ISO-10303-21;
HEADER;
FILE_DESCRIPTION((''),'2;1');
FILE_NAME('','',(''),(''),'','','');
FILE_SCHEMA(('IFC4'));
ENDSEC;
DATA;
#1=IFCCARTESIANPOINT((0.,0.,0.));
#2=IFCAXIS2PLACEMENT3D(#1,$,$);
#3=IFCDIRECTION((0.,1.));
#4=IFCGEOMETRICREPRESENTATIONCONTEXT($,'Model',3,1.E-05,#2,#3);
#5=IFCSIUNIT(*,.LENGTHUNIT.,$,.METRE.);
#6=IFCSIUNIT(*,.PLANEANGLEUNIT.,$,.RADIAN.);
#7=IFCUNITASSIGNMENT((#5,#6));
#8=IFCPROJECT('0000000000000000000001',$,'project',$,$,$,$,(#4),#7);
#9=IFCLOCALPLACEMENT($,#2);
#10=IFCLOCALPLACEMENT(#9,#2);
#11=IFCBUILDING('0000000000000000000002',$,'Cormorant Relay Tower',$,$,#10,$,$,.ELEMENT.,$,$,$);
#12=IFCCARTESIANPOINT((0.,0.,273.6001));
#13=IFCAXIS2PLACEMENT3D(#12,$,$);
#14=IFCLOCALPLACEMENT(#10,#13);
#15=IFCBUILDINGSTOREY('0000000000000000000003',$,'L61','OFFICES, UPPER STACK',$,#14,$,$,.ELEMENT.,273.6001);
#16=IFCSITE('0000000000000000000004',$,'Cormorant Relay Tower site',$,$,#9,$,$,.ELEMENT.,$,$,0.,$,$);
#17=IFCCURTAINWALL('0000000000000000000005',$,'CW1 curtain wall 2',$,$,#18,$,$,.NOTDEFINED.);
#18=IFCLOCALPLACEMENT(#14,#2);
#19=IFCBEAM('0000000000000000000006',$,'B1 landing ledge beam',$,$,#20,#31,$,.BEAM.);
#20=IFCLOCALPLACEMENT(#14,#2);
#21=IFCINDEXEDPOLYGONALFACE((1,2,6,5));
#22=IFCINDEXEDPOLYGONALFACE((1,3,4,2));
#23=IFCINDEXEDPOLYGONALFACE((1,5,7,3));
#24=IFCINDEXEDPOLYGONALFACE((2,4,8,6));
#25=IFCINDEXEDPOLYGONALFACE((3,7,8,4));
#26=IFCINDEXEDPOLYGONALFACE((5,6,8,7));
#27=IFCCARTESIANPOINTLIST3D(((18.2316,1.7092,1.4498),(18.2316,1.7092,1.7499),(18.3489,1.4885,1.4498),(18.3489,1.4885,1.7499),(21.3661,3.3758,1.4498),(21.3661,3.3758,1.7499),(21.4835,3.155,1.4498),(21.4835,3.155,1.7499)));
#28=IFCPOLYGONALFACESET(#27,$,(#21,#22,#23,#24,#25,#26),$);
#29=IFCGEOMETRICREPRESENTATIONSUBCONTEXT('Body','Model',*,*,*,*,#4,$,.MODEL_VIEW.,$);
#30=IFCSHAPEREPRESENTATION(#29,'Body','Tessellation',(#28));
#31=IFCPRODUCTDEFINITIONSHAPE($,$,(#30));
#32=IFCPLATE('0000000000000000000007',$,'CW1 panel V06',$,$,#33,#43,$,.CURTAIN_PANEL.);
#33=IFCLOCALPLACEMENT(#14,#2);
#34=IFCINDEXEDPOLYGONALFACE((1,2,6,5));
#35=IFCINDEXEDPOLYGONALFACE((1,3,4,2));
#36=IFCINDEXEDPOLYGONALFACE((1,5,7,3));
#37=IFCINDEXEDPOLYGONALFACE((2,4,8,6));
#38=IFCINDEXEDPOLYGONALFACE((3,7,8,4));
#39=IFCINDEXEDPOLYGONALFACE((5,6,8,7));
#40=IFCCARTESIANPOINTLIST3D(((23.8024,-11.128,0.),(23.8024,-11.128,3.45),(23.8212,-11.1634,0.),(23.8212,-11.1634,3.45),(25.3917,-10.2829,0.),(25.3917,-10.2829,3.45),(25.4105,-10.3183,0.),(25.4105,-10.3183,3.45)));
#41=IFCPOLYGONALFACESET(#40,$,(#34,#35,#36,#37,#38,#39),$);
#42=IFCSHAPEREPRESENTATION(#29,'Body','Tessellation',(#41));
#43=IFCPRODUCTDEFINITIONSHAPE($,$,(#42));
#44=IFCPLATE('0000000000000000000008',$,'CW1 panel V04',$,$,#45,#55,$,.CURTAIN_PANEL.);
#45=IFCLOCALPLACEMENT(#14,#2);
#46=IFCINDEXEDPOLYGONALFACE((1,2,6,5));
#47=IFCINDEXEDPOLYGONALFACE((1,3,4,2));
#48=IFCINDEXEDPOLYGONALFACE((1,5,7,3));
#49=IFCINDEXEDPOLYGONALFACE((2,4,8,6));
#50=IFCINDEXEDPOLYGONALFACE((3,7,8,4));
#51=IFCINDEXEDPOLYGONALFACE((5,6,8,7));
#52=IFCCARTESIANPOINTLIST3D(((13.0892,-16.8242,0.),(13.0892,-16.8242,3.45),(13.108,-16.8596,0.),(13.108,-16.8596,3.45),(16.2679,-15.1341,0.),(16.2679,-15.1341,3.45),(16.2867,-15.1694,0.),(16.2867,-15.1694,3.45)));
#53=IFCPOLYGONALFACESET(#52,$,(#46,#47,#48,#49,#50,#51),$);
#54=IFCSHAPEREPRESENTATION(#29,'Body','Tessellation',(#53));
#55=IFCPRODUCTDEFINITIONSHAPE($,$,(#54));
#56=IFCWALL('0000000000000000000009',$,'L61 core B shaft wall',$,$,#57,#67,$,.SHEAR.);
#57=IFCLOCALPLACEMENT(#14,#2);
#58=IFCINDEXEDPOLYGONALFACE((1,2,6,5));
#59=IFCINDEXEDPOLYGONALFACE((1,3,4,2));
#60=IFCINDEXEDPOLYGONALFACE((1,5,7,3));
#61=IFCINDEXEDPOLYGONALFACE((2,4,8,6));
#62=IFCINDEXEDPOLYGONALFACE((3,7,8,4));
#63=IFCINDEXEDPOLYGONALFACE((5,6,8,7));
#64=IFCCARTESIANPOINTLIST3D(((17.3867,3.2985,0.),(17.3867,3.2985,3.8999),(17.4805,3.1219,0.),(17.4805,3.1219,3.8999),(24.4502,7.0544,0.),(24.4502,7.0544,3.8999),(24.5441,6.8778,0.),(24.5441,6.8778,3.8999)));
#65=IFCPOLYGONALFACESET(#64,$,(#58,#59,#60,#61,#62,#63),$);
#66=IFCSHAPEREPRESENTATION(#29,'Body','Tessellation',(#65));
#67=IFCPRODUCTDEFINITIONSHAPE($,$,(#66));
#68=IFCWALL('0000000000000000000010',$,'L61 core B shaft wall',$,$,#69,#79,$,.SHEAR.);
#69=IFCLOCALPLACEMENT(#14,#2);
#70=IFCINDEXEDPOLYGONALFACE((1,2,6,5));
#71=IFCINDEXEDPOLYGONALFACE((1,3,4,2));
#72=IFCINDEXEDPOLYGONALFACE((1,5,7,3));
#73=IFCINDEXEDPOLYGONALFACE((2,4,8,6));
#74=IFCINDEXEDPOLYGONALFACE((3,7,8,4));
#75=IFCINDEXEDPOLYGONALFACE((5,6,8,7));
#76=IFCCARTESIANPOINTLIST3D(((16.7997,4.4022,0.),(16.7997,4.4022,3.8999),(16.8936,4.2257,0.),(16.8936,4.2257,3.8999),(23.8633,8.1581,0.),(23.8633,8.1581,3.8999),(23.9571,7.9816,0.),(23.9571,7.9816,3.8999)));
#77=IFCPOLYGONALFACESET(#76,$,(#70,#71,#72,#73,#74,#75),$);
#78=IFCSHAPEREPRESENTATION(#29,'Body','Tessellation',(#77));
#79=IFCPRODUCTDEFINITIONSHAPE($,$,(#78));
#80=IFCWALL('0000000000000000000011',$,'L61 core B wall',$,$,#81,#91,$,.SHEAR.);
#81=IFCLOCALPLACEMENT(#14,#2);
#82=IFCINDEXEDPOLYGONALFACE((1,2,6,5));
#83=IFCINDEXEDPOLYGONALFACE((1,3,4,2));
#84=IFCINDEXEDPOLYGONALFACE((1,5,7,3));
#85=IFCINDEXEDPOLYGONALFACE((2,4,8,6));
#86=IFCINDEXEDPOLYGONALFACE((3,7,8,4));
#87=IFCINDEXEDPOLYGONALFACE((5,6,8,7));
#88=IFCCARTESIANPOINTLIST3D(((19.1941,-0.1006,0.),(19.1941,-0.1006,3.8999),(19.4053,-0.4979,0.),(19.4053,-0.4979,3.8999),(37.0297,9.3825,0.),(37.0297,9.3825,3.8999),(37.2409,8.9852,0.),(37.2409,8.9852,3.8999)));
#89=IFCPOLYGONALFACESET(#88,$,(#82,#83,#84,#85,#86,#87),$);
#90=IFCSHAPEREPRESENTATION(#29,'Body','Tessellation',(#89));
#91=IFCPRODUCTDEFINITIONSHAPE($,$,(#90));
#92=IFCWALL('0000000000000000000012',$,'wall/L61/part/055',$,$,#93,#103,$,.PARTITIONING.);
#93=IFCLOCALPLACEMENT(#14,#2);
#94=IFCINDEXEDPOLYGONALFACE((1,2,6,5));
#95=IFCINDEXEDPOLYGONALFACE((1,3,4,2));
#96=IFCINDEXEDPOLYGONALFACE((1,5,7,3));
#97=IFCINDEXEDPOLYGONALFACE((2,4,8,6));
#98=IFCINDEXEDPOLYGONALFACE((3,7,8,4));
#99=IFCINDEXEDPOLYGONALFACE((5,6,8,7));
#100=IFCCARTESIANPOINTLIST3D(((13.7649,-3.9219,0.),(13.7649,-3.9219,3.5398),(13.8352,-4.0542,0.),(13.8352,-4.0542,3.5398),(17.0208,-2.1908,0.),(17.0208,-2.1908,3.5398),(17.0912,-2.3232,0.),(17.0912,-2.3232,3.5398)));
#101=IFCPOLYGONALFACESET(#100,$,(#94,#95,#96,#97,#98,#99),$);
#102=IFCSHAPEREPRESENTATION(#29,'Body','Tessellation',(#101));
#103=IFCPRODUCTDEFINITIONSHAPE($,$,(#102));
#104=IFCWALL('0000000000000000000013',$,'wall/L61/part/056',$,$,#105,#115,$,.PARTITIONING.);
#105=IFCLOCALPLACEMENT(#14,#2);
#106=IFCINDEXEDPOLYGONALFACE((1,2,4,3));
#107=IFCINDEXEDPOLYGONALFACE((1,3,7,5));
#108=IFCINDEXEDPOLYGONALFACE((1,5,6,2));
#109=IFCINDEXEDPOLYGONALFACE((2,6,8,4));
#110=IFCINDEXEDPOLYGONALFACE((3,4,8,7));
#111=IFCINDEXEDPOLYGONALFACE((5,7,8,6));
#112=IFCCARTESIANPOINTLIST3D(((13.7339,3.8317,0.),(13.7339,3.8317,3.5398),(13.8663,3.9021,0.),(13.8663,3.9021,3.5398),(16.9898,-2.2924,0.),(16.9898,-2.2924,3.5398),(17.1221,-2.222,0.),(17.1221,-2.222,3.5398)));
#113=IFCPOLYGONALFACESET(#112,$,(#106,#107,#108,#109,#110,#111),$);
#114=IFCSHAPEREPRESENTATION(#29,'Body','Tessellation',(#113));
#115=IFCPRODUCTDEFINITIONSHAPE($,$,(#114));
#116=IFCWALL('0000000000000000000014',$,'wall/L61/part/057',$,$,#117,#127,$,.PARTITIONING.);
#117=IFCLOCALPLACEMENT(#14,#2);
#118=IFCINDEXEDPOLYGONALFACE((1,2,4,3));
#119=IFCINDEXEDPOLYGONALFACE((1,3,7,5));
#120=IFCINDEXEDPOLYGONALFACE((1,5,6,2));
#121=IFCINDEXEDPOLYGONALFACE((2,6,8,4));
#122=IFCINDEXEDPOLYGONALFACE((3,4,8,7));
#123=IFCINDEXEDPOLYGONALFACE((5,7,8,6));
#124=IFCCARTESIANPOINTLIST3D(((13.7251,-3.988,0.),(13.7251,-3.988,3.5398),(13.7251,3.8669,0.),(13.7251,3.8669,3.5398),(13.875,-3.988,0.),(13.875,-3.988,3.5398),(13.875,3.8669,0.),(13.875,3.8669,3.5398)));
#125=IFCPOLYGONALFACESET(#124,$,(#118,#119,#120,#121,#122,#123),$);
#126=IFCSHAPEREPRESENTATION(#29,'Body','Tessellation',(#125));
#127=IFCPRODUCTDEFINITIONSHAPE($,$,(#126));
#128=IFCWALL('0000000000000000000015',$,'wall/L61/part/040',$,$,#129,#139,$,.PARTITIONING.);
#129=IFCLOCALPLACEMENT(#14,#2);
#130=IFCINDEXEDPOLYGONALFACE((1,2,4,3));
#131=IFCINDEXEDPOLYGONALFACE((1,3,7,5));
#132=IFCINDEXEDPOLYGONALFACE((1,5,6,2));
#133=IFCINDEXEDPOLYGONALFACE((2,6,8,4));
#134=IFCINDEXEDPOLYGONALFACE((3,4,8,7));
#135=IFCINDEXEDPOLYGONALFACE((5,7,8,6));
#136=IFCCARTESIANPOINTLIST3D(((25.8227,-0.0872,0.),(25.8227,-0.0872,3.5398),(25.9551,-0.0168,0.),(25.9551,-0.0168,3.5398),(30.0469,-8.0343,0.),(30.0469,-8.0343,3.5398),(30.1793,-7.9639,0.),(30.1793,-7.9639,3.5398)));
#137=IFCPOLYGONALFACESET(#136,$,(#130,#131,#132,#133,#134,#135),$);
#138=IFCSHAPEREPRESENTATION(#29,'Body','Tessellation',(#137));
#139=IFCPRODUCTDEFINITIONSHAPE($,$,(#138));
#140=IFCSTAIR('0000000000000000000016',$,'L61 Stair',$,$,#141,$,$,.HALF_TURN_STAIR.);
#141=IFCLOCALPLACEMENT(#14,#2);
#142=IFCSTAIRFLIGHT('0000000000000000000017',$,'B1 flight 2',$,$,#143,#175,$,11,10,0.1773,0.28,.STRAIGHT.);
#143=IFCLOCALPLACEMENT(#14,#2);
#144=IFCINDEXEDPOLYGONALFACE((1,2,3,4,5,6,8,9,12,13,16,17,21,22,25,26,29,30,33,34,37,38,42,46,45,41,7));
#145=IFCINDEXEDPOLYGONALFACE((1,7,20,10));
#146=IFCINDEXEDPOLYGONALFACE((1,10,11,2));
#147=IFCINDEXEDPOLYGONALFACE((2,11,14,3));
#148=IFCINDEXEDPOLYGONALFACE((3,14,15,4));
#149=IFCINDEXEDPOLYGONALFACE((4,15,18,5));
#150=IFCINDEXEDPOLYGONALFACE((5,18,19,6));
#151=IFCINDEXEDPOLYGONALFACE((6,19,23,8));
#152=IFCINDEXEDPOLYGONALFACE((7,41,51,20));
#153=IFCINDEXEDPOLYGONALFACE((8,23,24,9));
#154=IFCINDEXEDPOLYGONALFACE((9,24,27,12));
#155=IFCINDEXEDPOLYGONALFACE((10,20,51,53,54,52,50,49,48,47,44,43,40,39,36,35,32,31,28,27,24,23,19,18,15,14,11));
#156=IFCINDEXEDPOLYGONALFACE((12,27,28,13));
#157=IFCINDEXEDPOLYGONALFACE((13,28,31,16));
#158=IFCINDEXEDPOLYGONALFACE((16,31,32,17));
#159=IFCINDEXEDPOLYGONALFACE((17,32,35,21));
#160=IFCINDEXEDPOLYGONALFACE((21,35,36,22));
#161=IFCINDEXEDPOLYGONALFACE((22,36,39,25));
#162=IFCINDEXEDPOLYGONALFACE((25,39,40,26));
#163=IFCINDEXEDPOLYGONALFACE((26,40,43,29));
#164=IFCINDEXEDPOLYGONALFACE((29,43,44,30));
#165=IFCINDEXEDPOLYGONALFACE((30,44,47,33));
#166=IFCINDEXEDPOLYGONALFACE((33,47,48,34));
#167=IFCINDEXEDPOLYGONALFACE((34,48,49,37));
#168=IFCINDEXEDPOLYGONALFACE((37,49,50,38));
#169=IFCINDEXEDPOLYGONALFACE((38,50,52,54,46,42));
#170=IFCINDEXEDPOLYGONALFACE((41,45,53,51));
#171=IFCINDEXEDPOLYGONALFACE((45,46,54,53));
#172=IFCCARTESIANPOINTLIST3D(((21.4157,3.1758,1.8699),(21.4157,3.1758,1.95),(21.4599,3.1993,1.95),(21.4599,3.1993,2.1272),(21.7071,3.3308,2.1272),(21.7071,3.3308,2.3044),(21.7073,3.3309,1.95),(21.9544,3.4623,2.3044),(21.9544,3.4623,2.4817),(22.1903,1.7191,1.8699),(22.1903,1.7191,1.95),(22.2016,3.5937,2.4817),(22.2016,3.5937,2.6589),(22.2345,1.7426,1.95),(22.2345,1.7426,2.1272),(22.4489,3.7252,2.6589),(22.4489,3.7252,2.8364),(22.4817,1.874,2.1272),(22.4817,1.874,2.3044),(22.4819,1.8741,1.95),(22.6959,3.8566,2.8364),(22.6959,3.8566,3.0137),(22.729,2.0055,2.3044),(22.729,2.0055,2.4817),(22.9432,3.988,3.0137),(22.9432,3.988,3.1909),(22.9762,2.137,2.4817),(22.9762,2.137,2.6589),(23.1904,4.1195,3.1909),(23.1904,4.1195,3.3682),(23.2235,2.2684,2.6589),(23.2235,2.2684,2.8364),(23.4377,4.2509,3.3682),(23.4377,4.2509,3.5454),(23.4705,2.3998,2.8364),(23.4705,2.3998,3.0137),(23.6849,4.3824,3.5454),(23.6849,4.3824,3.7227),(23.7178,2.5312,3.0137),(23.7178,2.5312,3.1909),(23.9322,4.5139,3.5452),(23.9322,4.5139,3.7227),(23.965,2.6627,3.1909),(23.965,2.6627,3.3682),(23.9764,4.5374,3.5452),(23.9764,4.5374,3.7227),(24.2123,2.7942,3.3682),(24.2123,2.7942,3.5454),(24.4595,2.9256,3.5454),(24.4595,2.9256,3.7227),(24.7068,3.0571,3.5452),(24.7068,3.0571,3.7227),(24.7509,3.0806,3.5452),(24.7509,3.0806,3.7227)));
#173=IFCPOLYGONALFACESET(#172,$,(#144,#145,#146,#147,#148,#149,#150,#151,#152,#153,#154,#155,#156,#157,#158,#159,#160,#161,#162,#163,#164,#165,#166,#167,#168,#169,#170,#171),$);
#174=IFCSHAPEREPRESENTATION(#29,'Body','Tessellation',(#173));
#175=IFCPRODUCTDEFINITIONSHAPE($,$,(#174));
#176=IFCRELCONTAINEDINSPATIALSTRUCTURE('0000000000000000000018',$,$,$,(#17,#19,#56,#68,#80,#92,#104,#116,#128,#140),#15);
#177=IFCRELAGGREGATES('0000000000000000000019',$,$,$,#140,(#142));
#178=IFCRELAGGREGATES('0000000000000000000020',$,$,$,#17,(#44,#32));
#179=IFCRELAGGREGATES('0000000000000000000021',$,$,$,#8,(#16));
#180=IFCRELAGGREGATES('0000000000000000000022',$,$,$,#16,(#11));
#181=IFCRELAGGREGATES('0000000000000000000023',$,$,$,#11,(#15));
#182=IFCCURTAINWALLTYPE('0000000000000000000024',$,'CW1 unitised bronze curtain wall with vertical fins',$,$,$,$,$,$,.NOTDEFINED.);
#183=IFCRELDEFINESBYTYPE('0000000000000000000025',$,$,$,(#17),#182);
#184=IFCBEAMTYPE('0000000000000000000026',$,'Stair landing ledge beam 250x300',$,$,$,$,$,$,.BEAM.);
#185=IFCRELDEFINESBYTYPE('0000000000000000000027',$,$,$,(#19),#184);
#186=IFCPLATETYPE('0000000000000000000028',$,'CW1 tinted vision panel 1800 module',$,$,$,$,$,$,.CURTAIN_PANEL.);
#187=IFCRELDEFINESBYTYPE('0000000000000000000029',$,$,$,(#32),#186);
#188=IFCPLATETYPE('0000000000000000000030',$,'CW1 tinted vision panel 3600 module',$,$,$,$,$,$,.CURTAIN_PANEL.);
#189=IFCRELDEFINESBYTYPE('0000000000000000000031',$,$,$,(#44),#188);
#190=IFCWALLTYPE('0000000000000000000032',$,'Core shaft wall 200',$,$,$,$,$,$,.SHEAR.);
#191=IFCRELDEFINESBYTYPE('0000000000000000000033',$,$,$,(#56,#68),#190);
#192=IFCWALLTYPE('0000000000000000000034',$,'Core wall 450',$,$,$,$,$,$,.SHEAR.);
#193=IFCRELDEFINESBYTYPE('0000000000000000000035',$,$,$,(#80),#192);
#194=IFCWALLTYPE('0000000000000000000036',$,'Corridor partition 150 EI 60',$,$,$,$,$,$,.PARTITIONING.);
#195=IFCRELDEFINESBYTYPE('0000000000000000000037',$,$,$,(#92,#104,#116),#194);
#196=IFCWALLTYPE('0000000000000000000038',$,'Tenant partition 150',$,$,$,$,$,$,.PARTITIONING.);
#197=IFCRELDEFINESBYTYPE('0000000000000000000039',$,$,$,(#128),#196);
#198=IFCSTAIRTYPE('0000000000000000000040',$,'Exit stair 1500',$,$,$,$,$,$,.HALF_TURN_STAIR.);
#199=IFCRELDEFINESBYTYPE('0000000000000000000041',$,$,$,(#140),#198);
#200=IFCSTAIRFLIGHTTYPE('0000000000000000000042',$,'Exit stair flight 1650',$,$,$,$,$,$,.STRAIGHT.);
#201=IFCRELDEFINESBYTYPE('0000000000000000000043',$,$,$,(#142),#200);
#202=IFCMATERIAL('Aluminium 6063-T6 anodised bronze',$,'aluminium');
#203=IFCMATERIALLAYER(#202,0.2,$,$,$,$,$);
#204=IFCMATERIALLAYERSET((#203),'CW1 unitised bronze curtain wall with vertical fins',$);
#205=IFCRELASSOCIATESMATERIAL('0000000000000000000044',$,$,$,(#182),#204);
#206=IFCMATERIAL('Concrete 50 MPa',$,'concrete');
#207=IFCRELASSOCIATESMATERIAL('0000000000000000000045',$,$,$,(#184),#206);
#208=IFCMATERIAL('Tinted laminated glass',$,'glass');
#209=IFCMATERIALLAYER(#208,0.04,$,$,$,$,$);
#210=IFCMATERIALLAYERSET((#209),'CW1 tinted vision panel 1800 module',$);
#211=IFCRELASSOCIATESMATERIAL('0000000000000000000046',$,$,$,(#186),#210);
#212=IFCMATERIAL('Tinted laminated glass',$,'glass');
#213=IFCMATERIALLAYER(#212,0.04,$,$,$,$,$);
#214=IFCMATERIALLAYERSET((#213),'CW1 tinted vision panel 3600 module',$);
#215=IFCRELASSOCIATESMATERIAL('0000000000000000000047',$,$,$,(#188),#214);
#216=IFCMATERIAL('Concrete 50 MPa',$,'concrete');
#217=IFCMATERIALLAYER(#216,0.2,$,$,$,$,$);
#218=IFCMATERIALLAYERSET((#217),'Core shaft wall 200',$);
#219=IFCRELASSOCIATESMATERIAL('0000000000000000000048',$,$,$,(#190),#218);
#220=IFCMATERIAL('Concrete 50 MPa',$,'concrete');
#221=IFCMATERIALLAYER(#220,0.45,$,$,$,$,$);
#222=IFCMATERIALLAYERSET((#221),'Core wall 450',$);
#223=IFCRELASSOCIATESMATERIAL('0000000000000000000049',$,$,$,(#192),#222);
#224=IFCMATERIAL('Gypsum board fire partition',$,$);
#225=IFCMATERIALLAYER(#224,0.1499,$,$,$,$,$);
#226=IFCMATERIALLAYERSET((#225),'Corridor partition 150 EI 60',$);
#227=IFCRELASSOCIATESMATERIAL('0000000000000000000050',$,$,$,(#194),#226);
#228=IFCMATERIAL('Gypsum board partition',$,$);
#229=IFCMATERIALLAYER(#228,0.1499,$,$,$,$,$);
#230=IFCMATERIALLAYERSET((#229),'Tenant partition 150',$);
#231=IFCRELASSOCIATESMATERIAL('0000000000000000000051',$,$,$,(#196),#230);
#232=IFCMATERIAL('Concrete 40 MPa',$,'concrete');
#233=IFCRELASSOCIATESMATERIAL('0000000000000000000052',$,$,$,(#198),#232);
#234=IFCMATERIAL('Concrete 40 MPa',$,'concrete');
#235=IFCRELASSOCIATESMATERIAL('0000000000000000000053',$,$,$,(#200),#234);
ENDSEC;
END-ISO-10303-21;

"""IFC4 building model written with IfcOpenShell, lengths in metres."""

from ifc_helpers import new_model, si_unit, direction, frame, frame_2d, origin, origin_2d, place, context, subcontext, project, spatial, polyline, rectangle, outline, extrude, material, layer, layer_set, material_profile, profile_set, type_object, element, aggregate, save


model = new_model("IFC4")

# Units and contexts
model_context = context("Model", 3, precision=1e-05, world=origin(), true_north=direction((0.0, 1.0)))
body_context = subcontext(model_context, "Body", "Model", "MODEL_VIEW")
ifc_project = project(units=[si_unit("LENGTHUNIT", "METRE"), si_unit("PLANEANGLEUNIT", "RADIAN")], contexts=[model_context])

# Site, building, storey
site_placement = place(None, origin())
site = spatial("IfcSite", under=ifc_project, at=site_placement, Name="Cormorant Relay Tower site", CompositionType="ELEMENT", RefElevation=0.0)
building_placement = place(site_placement, origin())
building = spatial("IfcBuilding", under=site, at=building_placement, Name="Cormorant Relay Tower", CompositionType="ELEMENT")
storey_placement = place(building_placement, frame((0.0, 0.0, 273.6001)))
storey = spatial("IfcBuildingStorey", under=building, at=storey_placement, Name="L61", Description="OFFICES, UPPER STACK", CompositionType="ELEMENT", Elevation=273.6001)

# Curtain wall
ifc_material_1 = material(Name="Aluminium 6063-T6 anodised bronze", Category="aluminium")
ifc_layer_1 = layer(ifc_material_1, 0.2)
ifc_layer_set_1 = layer_set([ifc_layer_1], Name="CW1 unitised bronze curtain wall with vertical fins")
curtain_wall_type = type_object("IfcCurtainWallType", Name="CW1 unitised bronze curtain wall with vertical fins", PredefinedType="NOTDEFINED", material=ifc_layer_set_1)
curtain_wall_placement = place(storey_placement, origin())
curtain_wall = element("IfcCurtainWall", 1, at=curtain_wall_placement, inside=storey, type_object=curtain_wall_type, Name="CW1 curtain wall 2", PredefinedType="NOTDEFINED")

# Beam
ifc_material_2 = material(Name="Concrete 50 MPa", Category="concrete")
ifc_material_profile_1 = material_profile(ifc_material_2, rectangle(XDim=0.25, YDim=0.3, at=origin_2d()), Name="RC 250x300")
ifc_profile_set_1 = profile_set([ifc_material_profile_1], Name="Concrete 50 MPa")
beam_type_1 = type_object("IfcBeamType", Name="Stair landing ledge beam 250x300", PredefinedType="BEAM", material=ifc_profile_set_1)
beam_1_placement = place(storey_placement, frame((21.4248, 3.2654, 1.5999), z_axis=(-0.882965, -0.469438, 0.0), x_axis=(0.469438, -0.882965, 0.0)))
element("IfcBeam", 2, at=beam_1_placement, inside=storey, type_object=beam_type_1, Name="B1 landing ledge beam", PredefinedType="BEAM", context=body_context, shape_type="SweptSolid", body=[
    extrude(rectangle(XDim=0.25, YDim=0.3, at=origin_2d()), origin(), (0.0, 0.0, 1.0), 3.55),
])

# Plates
ifc_material_3 = material(Name="Tinted laminated glass", Category="glass")
ifc_layer_2 = layer(ifc_material_3, 0.04)
ifc_layer_set_2 = layer_set([ifc_layer_2], Name="CW1 tinted vision panel 1800 module")
plate_type_1 = type_object("IfcPlateType", Name="CW1 tinted vision panel 1800 module", PredefinedType="CURTAIN_PANEL", material=ifc_layer_set_2)
plate_1_placement = place(storey_placement, frame((24.6064, -10.7231, 0.0), z_axis=(0.0, 0.0, 1.0), x_axis=(0.882948, 0.469472, 0.0)))
plate_1 = element("IfcPlate", 3, at=plate_1_placement, type_object=plate_type_1, Name="CW1 panel V06", PredefinedType="CURTAIN_PANEL", context=body_context, shape_type="SweptSolid", body=[
    extrude(rectangle(XDim=1.8, YDim=0.04, at=origin_2d()), origin(), (0.0, 0.0, 1.0), 3.45),
])
ifc_material_4 = material(Name="Tinted laminated glass", Category="glass")
ifc_layer_3 = layer(ifc_material_4, 0.04)
ifc_layer_set_3 = layer_set([ifc_layer_3], Name="CW1 tinted vision panel 3600 module")
plate_type_2 = type_object("IfcPlateType", Name="CW1 tinted vision panel 3600 module", PredefinedType="CURTAIN_PANEL", material=ifc_layer_set_3)
plate_2_placement = place(storey_placement, frame((14.688, -15.9968, 0.0), z_axis=(0.0, 0.0, 1.0), x_axis=(0.882948, 0.469472, 0.0)))
plate_2 = element("IfcPlate", 4, at=plate_2_placement, type_object=plate_type_2, Name="CW1 panel V04", PredefinedType="CURTAIN_PANEL", context=body_context, shape_type="SweptSolid", body=[
    extrude(rectangle(XDim=3.6001, YDim=0.04, at=origin_2d()), origin(), (0.0, 0.0, 1.0), 3.45),
])

# Walls
ifc_material_5 = material(Name="Concrete 50 MPa", Category="concrete")
ifc_layer_4 = layer(ifc_material_5, 0.2)
ifc_layer_set_4 = layer_set([ifc_layer_4], Name="Core shaft wall 200")
wall_type_1 = type_object("IfcWallType", Name="Core shaft wall 200", PredefinedType="SHEAR", material=ifc_layer_set_4)
for number, where, z_axis, x_axis, name in (
    (5, (17.4336, 3.2102, 0.0), (0.0, 0.0, 1.0), (0.88294, 0.469485, 0.0), "L61 core B shaft wall"),
    (6, (16.8467, 4.314, 0.0), (0.0, 0.0, 1.0), (0.88294, 0.469485, 0.0), "L61 core B shaft wall"),
):
    element("IfcWall", number, at=place(storey_placement, frame(where, z_axis=z_axis, x_axis=x_axis)), inside=storey, type_object=wall_type_1, Name=name, PredefinedType="SHEAR", context=body_context, shape_type="SweptSolid", body=[
        extrude(rectangle(XDim=8.0, YDim=0.2, at=frame_2d((4.0, 0.0))), origin(), (0.0, 0.0, 1.0), 3.8999),
    ])

# Shared definitions
ifc_material_6 = material(Name="Concrete 50 MPa", Category="concrete")
ifc_layer_5 = layer(ifc_material_6, 0.45)
ifc_layer_set_5 = layer_set([ifc_layer_5], Name="Core wall 450")
wall_type_2 = type_object("IfcWallType", Name="Core wall 450", PredefinedType="SHEAR", material=ifc_layer_set_5)

# Walls
wall_1_placement = place(storey_placement, frame((19.2996, -0.2993, 0.0), z_axis=(0.0, 0.0, 1.0), x_axis=(0.882953, 0.469462, 0.0)))
element("IfcWall", 7, at=wall_1_placement, inside=storey, type_object=wall_type_2, Name="L61 core B wall", PredefinedType="SHEAR", context=body_context, shape_type="SweptSolid", body=[
    extrude(rectangle(XDim=20.2, YDim=0.45, at=frame_2d((10.1001, 0.0))), origin(), (0.0, 0.0, 1.0), 3.8999),
])
ifc_material_7 = material(Name="Gypsum board fire partition")
ifc_layer_6 = layer(ifc_material_7, 0.1499)
ifc_layer_set_6 = layer_set([ifc_layer_6], Name="Corridor partition 150 EI 60")
wall_type_3 = type_object("IfcWallType", Name="Corridor partition 150 EI 60", PredefinedType="PARTITIONING", material=ifc_layer_set_6)
wall_2_placement = place(storey_placement, frame((13.8, -3.988, 0.0), z_axis=(0.0, 0.0, 1.0), x_axis=(0.882972, 0.469426, 0.0)))
element("IfcWall", 8, at=wall_2_placement, inside=storey, type_object=wall_type_3, Name="wall/L61/part/055", PredefinedType="PARTITIONING", context=body_context, shape_type="SweptSolid", body=[
    extrude(rectangle(XDim=3.6875, YDim=0.1499, at=frame_2d((1.8438, 0.0))), origin(), (0.0, 0.0, 1.0), 3.5398),
])
wall_3_placement = place(storey_placement, frame((17.0559, -2.2571, 0.0), z_axis=(0.0, 0.0, 1.0), x_axis=(-0.469433, 0.882968, 0.0)))
element("IfcWall", 9, at=wall_3_placement, inside=storey, type_object=wall_type_3, Name="wall/L61/part/056", PredefinedType="PARTITIONING", context=body_context, shape_type="SweptSolid", body=[
    extrude(rectangle(XDim=6.9358, YDim=0.1499, at=frame_2d((3.4678, 0.0))), origin(), (0.0, 0.0, 1.0), 3.5398),
])
wall_4_placement = place(storey_placement, frame((13.8, 3.8669, 0.0), z_axis=(0.0, 0.0, 1.0), x_axis=(0.0, -1.0, 0.0)))
element("IfcWall", 10, at=wall_4_placement, inside=storey, type_object=wall_type_3, Name="wall/L61/part/057", PredefinedType="PARTITIONING", context=body_context, shape_type="SweptSolid", body=[
    extrude(rectangle(XDim=7.855, YDim=0.1499, at=frame_2d((3.9275, 0.0))), origin(), (0.0, 0.0, 1.0), 3.5398),
])
ifc_material_8 = material(Name="Gypsum board partition")
ifc_layer_7 = layer(ifc_material_8, 0.1499)
ifc_layer_set_7 = layer_set([ifc_layer_7], Name="Tenant partition 150")
wall_type_4 = type_object("IfcWallType", Name="Tenant partition 150", PredefinedType="PARTITIONING", material=ifc_layer_set_7)
wall_5_placement = place(storey_placement, frame((25.8889, -0.052, 0.0), z_axis=(0.0, 0.0, 1.0), x_axis=(0.469352, -0.883011, 0.0)))
element("IfcWall", 11, at=wall_5_placement, inside=storey, type_object=wall_type_4, Name="wall/L61/part/040", PredefinedType="PARTITIONING", context=body_context, shape_type="SweptSolid", body=[
    extrude(rectangle(XDim=9.0, YDim=0.1499, at=frame_2d((4.5, 0.0))), origin(), (0.0, 0.0, 1.0), 3.5398),
])

# Stair, stair flight
ifc_material_9 = material(Name="Concrete 40 MPa", Category="concrete")
stair_type = type_object("IfcStairType", Name="Exit stair 1500", PredefinedType="HALF_TURN_STAIR", material=ifc_material_9)
stair_placement = place(storey_placement, origin())
stair = element("IfcStair", 12, at=stair_placement, inside=storey, type_object=stair_type, Name="L61 Stair", PredefinedType="HALF_TURN_STAIR")
ifc_material_10 = material(Name="Concrete 40 MPa", Category="concrete")
stair_flight_type = type_object("IfcStairFlightType", Name="Exit stair flight 1650", PredefinedType="STRAIGHT", material=ifc_material_10)
stair_flight_placement = place(storey_placement, frame((21.8472, 2.4709, 1.95), z_axis=(0.0, 0.0, 1.0), x_axis=(0.882948, 0.469472, 0.0)))
stair_flight = element("IfcStairFlight", 13, at=stair_flight_placement, type_object=stair_flight_type, Name="B1 flight 2", NumberOfRisers=11, NumberOfTreads=10, PredefinedType="STRAIGHT", RiserHeight=0.1773, TreadLength=0.28, context=body_context, shape_type="SweptSolid", body=[
    extrude(outline(polyline([(-0.05, -0.0801), (-0.05, 0.0), (0.0, 0.0), (0.0, 0.1772), (0.28, 0.1772), (0.28, 0.3545), (0.5601, 0.3545), (0.5601, 0.5317), (0.8401, 0.5317), (0.8401, 0.709), (1.1201, 0.709), (1.1201, 0.8865), (1.3999, 0.8865), (1.3999, 1.0637), (1.6799, 1.0637), (1.6799, 1.241), (1.96, 1.241), (1.96, 1.4182), (2.24, 1.4182), (2.24, 1.5955), (2.52, 1.5955), (2.52, 1.7727), (2.8, 1.7727), (2.8501, 1.7727), (2.8501, 1.5952), (2.8, 1.5952), (0.2803, 0.0), (-0.05, -0.0801)])), frame((0.0, 0.825, 0.0), z_axis=(0.0, -1.0, 0.0), x_axis=(1.0, 0.0, 0.0)), (0.0, 0.0, 1.0), 1.6499),
])
aggregate(stair, [stair_flight])

aggregate(curtain_wall, [plate_2, plate_1])

save(model, "model.ifc")
